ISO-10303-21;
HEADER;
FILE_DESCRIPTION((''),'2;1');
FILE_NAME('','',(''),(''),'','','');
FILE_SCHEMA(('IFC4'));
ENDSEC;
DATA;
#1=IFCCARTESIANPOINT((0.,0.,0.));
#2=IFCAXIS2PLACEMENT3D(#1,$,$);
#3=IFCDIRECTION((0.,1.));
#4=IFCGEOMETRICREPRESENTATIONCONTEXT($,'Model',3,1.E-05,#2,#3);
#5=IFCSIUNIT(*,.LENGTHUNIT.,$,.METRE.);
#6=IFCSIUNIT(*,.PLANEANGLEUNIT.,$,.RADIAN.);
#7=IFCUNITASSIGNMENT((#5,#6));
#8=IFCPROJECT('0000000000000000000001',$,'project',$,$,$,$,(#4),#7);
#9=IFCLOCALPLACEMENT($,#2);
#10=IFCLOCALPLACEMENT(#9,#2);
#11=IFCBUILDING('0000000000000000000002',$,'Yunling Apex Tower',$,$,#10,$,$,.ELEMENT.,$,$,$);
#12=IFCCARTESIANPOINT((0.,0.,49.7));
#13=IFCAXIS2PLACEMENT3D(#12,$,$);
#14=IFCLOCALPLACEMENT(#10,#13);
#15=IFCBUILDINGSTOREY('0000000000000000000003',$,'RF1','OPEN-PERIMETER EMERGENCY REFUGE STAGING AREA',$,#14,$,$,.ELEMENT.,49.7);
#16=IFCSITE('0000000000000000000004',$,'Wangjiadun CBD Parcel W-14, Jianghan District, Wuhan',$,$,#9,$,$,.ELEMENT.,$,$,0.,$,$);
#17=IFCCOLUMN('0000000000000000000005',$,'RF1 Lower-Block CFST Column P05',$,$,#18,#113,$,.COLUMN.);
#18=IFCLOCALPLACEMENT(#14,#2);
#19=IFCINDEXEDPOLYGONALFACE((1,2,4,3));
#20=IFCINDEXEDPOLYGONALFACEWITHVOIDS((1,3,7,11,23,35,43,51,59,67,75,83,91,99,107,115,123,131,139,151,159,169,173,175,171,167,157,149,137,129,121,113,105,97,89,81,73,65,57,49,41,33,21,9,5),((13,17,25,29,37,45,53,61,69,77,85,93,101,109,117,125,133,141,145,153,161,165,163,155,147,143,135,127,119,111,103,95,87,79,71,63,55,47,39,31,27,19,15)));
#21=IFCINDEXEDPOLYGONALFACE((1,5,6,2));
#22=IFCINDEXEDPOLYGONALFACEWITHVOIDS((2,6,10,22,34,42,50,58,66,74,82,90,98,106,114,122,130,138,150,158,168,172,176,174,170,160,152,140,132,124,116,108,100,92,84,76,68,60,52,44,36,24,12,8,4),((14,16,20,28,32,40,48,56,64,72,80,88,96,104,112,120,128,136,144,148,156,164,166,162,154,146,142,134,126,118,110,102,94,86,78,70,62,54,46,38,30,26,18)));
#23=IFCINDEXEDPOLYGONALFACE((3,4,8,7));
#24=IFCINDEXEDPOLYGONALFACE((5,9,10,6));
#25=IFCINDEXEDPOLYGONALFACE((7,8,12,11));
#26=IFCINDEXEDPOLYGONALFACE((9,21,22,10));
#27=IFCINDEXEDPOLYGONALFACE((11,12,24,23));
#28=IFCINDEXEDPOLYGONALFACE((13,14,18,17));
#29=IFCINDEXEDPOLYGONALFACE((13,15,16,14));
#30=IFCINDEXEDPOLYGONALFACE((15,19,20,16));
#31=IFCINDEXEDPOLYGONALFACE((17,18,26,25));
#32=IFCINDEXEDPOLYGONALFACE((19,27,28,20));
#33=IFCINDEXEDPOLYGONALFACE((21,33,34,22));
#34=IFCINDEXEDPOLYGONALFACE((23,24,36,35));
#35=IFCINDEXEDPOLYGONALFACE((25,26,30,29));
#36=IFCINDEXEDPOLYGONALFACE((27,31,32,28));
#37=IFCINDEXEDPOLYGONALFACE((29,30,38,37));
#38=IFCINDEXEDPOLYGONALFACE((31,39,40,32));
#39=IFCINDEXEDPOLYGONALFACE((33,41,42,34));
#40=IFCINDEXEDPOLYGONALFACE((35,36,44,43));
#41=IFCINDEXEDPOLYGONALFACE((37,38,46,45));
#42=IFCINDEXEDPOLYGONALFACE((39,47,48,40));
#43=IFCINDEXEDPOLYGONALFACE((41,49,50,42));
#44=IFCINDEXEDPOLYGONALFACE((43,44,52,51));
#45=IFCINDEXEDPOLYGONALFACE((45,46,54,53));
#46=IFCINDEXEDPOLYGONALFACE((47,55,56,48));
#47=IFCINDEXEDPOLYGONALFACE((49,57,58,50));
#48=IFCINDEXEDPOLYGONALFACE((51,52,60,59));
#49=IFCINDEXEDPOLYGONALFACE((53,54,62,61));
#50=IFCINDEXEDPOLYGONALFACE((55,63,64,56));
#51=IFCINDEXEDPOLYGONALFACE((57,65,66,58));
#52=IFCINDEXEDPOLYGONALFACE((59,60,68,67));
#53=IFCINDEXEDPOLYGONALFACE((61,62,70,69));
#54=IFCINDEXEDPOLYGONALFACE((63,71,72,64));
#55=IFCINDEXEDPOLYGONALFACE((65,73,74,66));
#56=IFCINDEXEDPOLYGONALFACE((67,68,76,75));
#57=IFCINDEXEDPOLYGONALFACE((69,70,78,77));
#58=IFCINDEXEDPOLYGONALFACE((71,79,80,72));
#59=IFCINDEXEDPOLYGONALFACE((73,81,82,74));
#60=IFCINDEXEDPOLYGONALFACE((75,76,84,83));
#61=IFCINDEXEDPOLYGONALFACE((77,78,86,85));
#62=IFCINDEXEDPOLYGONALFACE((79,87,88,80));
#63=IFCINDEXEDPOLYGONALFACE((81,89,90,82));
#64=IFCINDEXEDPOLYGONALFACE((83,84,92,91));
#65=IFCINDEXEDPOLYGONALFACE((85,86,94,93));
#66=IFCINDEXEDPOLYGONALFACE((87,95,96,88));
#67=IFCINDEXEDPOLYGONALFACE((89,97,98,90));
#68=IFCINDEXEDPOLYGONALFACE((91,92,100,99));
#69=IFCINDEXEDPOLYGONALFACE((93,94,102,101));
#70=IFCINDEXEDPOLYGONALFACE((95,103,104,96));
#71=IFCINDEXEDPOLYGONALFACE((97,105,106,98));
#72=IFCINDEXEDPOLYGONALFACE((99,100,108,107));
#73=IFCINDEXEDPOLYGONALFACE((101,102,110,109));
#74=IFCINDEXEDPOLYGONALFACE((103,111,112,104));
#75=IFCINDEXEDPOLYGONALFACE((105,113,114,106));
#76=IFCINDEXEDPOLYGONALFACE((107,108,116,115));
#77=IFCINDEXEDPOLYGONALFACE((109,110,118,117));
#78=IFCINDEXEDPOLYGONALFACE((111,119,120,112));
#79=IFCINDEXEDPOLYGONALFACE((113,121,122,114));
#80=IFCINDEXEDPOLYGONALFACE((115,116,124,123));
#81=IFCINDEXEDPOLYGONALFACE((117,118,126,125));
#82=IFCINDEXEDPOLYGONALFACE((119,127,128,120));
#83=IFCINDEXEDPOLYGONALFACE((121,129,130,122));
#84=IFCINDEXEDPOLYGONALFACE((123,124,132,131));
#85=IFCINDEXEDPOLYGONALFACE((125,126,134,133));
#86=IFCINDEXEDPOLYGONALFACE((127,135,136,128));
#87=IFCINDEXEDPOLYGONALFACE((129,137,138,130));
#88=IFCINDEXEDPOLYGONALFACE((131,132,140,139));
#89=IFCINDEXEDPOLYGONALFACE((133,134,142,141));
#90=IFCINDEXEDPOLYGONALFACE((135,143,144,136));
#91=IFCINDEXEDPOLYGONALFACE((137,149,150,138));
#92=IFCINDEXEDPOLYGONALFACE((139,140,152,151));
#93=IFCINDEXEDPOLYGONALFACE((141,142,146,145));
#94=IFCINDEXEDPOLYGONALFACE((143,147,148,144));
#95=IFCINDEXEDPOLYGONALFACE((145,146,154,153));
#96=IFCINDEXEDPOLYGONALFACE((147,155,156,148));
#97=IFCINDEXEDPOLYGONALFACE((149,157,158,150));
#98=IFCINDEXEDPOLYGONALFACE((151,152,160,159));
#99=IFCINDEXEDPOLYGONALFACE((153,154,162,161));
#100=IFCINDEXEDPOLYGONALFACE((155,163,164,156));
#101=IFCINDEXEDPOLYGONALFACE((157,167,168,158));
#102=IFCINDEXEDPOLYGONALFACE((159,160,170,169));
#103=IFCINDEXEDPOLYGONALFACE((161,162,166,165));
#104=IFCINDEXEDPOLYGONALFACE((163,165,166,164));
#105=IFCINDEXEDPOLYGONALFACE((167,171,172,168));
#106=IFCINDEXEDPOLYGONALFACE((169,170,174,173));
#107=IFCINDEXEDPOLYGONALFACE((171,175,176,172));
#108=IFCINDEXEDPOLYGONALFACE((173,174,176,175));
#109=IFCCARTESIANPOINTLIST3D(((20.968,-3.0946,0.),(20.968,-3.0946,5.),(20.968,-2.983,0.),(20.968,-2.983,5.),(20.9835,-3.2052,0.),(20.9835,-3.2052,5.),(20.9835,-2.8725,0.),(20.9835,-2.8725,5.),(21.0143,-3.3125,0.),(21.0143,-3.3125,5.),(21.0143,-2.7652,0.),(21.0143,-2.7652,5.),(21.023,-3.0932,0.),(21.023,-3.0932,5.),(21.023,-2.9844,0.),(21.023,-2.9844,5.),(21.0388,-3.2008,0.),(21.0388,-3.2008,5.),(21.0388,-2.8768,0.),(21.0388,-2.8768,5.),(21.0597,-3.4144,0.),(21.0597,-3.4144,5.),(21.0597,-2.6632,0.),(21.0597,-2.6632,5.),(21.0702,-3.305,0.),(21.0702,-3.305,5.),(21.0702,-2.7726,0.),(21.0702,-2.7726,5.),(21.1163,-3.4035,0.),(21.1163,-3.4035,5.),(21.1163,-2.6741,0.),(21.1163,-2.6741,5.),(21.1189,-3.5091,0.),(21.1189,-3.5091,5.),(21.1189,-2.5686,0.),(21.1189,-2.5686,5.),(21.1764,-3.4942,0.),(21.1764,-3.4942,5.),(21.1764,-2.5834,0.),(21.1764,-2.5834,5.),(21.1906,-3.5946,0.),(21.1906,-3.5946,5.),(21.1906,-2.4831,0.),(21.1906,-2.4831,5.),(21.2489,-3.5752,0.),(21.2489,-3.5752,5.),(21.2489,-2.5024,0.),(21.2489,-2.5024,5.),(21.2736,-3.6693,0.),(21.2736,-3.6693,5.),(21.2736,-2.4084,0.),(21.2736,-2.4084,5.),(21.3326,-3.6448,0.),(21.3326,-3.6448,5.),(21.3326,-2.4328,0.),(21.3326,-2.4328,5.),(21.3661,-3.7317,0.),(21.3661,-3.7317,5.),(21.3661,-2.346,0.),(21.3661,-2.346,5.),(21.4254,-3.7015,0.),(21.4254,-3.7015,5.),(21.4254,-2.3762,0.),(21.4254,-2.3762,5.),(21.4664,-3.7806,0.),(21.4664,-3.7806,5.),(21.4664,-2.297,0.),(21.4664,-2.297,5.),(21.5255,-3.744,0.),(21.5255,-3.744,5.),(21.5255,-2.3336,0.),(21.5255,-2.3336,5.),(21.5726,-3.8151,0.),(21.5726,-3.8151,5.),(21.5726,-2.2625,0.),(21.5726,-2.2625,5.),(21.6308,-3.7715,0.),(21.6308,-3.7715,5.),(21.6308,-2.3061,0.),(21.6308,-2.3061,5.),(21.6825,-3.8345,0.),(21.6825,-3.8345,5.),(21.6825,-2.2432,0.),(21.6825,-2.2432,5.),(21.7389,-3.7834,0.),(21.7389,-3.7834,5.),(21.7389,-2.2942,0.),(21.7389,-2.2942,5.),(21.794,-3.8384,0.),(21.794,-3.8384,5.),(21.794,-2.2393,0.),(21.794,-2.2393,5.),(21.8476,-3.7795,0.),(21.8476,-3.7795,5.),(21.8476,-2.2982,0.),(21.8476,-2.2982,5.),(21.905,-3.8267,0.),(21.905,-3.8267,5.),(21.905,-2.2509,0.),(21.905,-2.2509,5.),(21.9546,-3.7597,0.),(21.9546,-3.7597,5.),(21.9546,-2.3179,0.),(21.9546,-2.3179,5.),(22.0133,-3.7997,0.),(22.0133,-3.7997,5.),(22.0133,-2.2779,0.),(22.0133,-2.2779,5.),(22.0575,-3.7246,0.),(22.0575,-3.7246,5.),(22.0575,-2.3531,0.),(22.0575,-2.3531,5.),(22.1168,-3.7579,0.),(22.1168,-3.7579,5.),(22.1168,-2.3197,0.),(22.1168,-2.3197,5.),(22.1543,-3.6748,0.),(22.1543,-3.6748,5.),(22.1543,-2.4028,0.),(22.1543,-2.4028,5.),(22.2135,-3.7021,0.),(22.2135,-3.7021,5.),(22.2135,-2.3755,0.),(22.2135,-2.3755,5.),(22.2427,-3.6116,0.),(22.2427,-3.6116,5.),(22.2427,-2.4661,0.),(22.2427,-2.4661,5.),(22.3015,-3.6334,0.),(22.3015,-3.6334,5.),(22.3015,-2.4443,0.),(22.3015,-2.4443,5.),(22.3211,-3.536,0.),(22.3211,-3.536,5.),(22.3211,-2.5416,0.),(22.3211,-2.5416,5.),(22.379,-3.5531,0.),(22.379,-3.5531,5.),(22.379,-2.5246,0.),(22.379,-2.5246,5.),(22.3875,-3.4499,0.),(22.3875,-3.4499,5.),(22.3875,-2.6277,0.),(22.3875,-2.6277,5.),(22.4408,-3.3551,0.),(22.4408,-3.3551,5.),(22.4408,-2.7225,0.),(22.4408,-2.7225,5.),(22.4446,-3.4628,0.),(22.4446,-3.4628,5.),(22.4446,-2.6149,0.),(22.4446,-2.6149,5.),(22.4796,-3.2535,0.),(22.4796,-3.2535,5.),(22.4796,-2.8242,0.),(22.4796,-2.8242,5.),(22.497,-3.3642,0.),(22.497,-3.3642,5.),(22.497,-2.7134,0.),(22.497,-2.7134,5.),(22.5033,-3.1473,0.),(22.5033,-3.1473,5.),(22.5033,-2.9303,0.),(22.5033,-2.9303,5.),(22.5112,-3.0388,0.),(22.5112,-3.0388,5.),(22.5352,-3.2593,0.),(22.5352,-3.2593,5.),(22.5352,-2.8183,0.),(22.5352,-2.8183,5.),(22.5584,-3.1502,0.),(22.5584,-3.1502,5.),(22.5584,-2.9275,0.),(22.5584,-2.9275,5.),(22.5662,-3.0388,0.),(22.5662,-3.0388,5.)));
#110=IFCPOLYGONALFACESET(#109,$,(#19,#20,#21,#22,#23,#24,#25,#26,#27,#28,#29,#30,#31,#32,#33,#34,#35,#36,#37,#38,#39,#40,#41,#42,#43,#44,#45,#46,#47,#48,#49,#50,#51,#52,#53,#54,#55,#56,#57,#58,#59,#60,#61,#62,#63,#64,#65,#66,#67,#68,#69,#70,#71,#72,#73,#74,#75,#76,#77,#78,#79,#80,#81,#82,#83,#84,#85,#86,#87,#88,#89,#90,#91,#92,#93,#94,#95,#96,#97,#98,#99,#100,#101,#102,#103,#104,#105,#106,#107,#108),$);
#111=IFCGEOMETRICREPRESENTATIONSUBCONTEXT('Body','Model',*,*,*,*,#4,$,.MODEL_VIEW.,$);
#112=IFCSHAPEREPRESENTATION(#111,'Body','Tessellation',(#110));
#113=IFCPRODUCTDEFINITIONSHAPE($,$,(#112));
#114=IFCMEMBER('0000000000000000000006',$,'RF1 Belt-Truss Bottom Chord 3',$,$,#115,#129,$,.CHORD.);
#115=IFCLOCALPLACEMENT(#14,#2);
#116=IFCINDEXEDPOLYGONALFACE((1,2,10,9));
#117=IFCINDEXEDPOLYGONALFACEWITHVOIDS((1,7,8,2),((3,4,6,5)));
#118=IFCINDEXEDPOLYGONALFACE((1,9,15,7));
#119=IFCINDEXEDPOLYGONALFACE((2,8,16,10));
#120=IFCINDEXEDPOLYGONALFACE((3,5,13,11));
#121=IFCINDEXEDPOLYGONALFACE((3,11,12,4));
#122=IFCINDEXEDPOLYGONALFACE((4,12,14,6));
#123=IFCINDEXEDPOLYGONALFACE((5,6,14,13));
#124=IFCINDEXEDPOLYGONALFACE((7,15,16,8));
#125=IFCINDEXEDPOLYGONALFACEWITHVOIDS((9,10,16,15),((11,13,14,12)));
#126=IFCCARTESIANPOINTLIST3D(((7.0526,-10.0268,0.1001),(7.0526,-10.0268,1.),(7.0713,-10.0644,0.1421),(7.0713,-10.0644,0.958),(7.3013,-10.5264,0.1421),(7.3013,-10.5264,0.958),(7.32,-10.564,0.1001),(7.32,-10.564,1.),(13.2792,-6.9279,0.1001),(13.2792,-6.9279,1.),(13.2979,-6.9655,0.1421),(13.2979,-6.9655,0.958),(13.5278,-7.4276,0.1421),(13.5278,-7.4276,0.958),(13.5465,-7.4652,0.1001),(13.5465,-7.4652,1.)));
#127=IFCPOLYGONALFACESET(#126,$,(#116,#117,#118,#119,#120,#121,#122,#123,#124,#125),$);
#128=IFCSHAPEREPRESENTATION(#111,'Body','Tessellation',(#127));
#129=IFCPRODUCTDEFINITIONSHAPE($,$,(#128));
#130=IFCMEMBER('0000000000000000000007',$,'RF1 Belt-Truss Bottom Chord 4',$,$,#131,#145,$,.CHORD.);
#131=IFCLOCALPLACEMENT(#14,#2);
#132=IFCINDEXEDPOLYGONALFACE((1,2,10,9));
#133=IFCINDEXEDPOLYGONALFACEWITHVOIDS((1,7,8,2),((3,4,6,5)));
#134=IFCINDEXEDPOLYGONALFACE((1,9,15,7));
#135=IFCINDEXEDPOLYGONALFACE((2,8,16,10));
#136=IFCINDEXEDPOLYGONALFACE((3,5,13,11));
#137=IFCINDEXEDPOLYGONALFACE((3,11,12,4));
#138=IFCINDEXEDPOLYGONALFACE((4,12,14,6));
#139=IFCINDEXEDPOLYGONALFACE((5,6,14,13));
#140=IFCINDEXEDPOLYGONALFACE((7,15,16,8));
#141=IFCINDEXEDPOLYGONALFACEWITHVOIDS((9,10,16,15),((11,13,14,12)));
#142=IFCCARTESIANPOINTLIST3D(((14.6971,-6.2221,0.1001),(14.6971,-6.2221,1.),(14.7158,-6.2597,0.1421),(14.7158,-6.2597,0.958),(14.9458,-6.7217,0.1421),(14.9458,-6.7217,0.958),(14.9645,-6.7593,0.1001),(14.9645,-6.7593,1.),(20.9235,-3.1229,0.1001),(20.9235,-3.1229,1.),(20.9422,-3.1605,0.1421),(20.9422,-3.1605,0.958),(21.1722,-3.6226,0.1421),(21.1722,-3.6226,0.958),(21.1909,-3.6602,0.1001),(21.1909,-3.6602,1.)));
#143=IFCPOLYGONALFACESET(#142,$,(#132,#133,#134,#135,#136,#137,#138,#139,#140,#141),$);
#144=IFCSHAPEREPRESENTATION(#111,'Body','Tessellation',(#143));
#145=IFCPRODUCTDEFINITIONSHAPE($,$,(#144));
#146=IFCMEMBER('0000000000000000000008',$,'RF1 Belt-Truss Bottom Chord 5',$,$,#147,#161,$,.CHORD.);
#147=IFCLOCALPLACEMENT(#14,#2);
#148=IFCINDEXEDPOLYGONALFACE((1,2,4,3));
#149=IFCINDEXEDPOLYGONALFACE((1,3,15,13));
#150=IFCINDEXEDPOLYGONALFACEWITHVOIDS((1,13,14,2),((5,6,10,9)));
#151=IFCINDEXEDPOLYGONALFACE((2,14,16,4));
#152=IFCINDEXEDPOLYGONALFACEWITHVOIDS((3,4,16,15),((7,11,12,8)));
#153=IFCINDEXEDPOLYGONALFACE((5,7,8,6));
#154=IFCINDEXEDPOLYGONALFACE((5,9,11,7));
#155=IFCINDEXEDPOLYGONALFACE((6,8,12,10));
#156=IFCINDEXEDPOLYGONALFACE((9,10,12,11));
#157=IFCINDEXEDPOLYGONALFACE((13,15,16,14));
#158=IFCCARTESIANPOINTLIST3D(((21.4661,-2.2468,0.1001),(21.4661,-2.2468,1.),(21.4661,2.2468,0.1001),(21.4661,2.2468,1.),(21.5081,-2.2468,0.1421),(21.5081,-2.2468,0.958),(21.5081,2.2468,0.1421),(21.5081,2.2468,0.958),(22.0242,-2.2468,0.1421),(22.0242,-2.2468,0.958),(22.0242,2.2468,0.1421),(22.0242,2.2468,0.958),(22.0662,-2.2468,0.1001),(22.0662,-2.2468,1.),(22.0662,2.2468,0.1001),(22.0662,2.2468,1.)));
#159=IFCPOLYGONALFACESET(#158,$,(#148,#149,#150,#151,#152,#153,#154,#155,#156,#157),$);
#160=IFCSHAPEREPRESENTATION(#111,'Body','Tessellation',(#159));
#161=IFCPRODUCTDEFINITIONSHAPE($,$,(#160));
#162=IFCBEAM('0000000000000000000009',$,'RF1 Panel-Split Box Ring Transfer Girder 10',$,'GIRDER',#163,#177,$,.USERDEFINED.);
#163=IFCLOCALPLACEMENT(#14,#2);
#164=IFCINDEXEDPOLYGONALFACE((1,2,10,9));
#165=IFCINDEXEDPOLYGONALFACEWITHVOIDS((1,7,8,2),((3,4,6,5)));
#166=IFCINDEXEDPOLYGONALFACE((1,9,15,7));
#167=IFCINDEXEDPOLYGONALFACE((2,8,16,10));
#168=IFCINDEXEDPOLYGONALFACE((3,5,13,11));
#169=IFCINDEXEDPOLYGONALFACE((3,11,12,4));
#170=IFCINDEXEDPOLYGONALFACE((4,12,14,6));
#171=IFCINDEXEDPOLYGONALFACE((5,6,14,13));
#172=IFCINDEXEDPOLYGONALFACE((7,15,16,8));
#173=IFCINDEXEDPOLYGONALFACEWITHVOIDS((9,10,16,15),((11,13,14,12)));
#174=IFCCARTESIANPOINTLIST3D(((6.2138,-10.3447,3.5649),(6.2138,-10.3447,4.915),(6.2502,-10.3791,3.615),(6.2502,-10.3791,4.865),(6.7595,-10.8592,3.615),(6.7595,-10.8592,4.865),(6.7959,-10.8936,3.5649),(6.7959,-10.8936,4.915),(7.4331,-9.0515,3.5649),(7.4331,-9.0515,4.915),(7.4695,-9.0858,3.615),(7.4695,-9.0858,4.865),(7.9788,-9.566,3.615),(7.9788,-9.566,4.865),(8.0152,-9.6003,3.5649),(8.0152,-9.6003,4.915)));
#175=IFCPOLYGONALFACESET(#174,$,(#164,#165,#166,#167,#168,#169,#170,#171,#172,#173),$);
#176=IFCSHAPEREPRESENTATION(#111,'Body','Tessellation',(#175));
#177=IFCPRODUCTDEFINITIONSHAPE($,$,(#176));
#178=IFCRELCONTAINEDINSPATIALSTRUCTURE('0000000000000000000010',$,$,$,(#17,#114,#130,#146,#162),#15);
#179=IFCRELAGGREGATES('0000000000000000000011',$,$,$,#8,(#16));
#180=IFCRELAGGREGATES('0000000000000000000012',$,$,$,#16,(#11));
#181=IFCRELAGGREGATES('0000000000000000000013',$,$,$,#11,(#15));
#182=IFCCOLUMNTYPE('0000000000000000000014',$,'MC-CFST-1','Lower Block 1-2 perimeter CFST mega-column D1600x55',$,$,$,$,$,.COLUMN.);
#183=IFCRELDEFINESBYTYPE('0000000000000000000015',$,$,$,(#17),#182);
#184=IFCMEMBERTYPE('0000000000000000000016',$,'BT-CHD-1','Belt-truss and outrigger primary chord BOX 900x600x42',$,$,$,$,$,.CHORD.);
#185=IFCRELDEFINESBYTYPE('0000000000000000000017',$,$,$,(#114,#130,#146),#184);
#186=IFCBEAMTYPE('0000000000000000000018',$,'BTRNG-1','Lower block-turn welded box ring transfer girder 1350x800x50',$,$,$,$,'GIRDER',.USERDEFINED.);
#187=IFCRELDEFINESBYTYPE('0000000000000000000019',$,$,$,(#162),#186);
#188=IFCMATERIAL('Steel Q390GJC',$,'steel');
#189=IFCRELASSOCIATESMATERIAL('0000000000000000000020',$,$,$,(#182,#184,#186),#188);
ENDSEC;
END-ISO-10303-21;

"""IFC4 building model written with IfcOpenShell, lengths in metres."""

from ifc_helpers import new_model, si_unit, direction, frame, origin, origin_2d, place, context, subcontext, project, spatial, hollow_rectangle, hollow_circle, extrude, source, transform, mapped, material, material_profile, profile_set, type_object, element, save


model = new_model("IFC4")

# Units and contexts
model_context = context("Model", 3, precision=1e-05, world=origin(), true_north=direction((0.0, 1.0)))
body_context = subcontext(model_context, "Body", "Model", "MODEL_VIEW")
ifc_project = project(units=[si_unit("LENGTHUNIT", "METRE"), si_unit("PLANEANGLEUNIT", "RADIAN")], contexts=[model_context])

# Site, building, storey
site_placement = place(None, origin())
site = spatial("IfcSite", under=ifc_project, at=site_placement, Name="Wangjiadun CBD Parcel W-14, Jianghan District, Wuhan", CompositionType="ELEMENT", RefElevation=0.0)
building_placement = place(site_placement, origin())
building = spatial("IfcBuilding", under=site, at=building_placement, Name="Yunling Apex Tower", CompositionType="ELEMENT")
storey_placement = place(building_placement, frame((0.0, 0.0, 49.7)))
storey = spatial("IfcBuildingStorey", under=building, at=storey_placement, Name="RF1", Description="OPEN-PERIMETER EMERGENCY REFUGE STAGING AREA", CompositionType="ELEMENT", Elevation=49.7)

# Column
ifc_material_1 = material(Name="Steel Q390GJC", Category="steel")
ifc_material_profile_1 = material_profile(ifc_material_1, hollow_circle(Radius=0.8, WallThickness=0.0549, at=origin_2d()))
ifc_profile_set_1 = profile_set([ifc_material_profile_1], Name="Steel Q390GJC")
column_type = type_object("IfcColumnType", Name="MC-CFST-1", Description="Lower Block 1-2 perimeter CFST mega-column D1600x55", PredefinedType="COLUMN", material=ifc_profile_set_1)
shared_shape_1 = source(origin(), body_context, "Body", "SweptSolid", [
    extrude(hollow_circle(Radius=0.8, WallThickness=0.0549, at=origin_2d()), origin(), (0.0, 0.0, 1.0), 5.0),
])
for number, where, z_axis, x_axis, name in (
    (1, (21.7661, -3.0388, 0.0), (0.0, 0.0, 1.0), (1.0, 0.0, 0.0), "RF1 Lower-Block CFST Column P05"),
):
    element("IfcColumn", number, at=place(storey_placement, frame(where, z_axis=z_axis, x_axis=x_axis)), inside=storey, type_object=column_type, Name=name, PredefinedType="COLUMN", context=body_context, shape_type="MappedRepresentation", body=[
        mapped(shared_shape_1, transform((0.0, 0.0, 0.0), scale=1.0)),
    ])

# Members
ifc_material_profile_2 = material_profile(ifc_material_1, hollow_rectangle(XDim=0.6001, YDim=0.8999, WallThickness=0.042, at=origin_2d()))
ifc_profile_set_2 = profile_set([ifc_material_profile_2], Name="Steel Q390GJC")
member_type_1 = type_object("IfcMemberType", Name="BT-CHD-1", Description="Belt-truss and outrigger primary chord BOX 900x600x42", PredefinedType="CHORD", material=ifc_profile_set_2)
shared_shape_2 = source(origin(), body_context, "Body", "SweptSolid", [
    extrude(hollow_rectangle(XDim=0.6001, YDim=0.8999, WallThickness=0.042, at=origin_2d()), origin(), (0.0, 0.0, 1.0), 6.9551),
])
for number, where, z_axis, x_axis, name in (
    (2, (7.1863, -10.2954, 0.55), (0.895254, 0.445556, 0.0), (-0.445556, 0.895254, 0.0), "RF1 Belt-Truss Bottom Chord 3"),
    (3, (14.8308, -6.4907, 0.55), (0.895233, 0.445598, 0.0), (-0.445598, 0.895233, 0.0), "RF1 Belt-Truss Bottom Chord 4"),
):
    element("IfcMember", number, at=place(storey_placement, frame(where, z_axis=z_axis, x_axis=x_axis)), inside=storey, type_object=member_type_1, Name=name, PredefinedType="CHORD", context=body_context, shape_type="MappedRepresentation", body=[
        mapped(shared_shape_2, transform((0.0, 0.0, 0.0), scale=1.0)),
    ])
shared_shape_3 = source(origin(), body_context, "Body", "SweptSolid", [
    extrude(hollow_rectangle(XDim=0.6001, YDim=0.8999, WallThickness=0.042, at=origin_2d()), origin(), (0.0, 0.0, 1.0), 4.4937),
])
member_1_placement = place(storey_placement, frame((21.7661, -2.2468, 0.55), z_axis=(0.0, 1.0, 0.0), x_axis=(-1.0, 0.0, 0.0)))
element("IfcMember", 4, at=member_1_placement, inside=storey, type_object=member_type_1, Name="RF1 Belt-Truss Bottom Chord 5", PredefinedType="CHORD", context=body_context, shape_type="MappedRepresentation", body=[
    mapped(shared_shape_3, transform((0.0, 0.0, 0.0), scale=1.0)),
])

# Beam
ifc_material_profile_3 = material_profile(ifc_material_1, hollow_rectangle(XDim=0.8, YDim=1.3501, WallThickness=0.05, at=origin_2d()))
ifc_profile_set_3 = profile_set([ifc_material_profile_3], Name="Steel Q390GJC")
beam_type = type_object("IfcBeamType", Name="BTRNG-1", Description="Lower block-turn welded box ring transfer girder 1350x800x50", ElementType="GIRDER", PredefinedType="USERDEFINED", material=ifc_profile_set_3)
shared_shape_4 = source(origin(), body_context, "Body", "SweptSolid", [
    extrude(hollow_rectangle(XDim=0.8, YDim=1.3501, WallThickness=0.05, at=origin_2d()), origin(), (0.0, 0.0, 1.0), 1.7773),
])
beam_1_placement = place(storey_placement, frame((6.5049, -10.6191, 4.24), z_axis=(0.68599, 0.727611, 0.0), x_axis=(-0.727611, 0.68599, 0.0)))
element("IfcBeam", 5, at=beam_1_placement, inside=storey, type_object=beam_type, Name="RF1 Panel-Split Box Ring Transfer Girder 10", ObjectType="GIRDER", PredefinedType="USERDEFINED", context=body_context, shape_type="MappedRepresentation", body=[
    mapped(shared_shape_4, transform((0.0, 0.0, 0.0), scale=1.0)),
])

save(model, "model.ifc")
